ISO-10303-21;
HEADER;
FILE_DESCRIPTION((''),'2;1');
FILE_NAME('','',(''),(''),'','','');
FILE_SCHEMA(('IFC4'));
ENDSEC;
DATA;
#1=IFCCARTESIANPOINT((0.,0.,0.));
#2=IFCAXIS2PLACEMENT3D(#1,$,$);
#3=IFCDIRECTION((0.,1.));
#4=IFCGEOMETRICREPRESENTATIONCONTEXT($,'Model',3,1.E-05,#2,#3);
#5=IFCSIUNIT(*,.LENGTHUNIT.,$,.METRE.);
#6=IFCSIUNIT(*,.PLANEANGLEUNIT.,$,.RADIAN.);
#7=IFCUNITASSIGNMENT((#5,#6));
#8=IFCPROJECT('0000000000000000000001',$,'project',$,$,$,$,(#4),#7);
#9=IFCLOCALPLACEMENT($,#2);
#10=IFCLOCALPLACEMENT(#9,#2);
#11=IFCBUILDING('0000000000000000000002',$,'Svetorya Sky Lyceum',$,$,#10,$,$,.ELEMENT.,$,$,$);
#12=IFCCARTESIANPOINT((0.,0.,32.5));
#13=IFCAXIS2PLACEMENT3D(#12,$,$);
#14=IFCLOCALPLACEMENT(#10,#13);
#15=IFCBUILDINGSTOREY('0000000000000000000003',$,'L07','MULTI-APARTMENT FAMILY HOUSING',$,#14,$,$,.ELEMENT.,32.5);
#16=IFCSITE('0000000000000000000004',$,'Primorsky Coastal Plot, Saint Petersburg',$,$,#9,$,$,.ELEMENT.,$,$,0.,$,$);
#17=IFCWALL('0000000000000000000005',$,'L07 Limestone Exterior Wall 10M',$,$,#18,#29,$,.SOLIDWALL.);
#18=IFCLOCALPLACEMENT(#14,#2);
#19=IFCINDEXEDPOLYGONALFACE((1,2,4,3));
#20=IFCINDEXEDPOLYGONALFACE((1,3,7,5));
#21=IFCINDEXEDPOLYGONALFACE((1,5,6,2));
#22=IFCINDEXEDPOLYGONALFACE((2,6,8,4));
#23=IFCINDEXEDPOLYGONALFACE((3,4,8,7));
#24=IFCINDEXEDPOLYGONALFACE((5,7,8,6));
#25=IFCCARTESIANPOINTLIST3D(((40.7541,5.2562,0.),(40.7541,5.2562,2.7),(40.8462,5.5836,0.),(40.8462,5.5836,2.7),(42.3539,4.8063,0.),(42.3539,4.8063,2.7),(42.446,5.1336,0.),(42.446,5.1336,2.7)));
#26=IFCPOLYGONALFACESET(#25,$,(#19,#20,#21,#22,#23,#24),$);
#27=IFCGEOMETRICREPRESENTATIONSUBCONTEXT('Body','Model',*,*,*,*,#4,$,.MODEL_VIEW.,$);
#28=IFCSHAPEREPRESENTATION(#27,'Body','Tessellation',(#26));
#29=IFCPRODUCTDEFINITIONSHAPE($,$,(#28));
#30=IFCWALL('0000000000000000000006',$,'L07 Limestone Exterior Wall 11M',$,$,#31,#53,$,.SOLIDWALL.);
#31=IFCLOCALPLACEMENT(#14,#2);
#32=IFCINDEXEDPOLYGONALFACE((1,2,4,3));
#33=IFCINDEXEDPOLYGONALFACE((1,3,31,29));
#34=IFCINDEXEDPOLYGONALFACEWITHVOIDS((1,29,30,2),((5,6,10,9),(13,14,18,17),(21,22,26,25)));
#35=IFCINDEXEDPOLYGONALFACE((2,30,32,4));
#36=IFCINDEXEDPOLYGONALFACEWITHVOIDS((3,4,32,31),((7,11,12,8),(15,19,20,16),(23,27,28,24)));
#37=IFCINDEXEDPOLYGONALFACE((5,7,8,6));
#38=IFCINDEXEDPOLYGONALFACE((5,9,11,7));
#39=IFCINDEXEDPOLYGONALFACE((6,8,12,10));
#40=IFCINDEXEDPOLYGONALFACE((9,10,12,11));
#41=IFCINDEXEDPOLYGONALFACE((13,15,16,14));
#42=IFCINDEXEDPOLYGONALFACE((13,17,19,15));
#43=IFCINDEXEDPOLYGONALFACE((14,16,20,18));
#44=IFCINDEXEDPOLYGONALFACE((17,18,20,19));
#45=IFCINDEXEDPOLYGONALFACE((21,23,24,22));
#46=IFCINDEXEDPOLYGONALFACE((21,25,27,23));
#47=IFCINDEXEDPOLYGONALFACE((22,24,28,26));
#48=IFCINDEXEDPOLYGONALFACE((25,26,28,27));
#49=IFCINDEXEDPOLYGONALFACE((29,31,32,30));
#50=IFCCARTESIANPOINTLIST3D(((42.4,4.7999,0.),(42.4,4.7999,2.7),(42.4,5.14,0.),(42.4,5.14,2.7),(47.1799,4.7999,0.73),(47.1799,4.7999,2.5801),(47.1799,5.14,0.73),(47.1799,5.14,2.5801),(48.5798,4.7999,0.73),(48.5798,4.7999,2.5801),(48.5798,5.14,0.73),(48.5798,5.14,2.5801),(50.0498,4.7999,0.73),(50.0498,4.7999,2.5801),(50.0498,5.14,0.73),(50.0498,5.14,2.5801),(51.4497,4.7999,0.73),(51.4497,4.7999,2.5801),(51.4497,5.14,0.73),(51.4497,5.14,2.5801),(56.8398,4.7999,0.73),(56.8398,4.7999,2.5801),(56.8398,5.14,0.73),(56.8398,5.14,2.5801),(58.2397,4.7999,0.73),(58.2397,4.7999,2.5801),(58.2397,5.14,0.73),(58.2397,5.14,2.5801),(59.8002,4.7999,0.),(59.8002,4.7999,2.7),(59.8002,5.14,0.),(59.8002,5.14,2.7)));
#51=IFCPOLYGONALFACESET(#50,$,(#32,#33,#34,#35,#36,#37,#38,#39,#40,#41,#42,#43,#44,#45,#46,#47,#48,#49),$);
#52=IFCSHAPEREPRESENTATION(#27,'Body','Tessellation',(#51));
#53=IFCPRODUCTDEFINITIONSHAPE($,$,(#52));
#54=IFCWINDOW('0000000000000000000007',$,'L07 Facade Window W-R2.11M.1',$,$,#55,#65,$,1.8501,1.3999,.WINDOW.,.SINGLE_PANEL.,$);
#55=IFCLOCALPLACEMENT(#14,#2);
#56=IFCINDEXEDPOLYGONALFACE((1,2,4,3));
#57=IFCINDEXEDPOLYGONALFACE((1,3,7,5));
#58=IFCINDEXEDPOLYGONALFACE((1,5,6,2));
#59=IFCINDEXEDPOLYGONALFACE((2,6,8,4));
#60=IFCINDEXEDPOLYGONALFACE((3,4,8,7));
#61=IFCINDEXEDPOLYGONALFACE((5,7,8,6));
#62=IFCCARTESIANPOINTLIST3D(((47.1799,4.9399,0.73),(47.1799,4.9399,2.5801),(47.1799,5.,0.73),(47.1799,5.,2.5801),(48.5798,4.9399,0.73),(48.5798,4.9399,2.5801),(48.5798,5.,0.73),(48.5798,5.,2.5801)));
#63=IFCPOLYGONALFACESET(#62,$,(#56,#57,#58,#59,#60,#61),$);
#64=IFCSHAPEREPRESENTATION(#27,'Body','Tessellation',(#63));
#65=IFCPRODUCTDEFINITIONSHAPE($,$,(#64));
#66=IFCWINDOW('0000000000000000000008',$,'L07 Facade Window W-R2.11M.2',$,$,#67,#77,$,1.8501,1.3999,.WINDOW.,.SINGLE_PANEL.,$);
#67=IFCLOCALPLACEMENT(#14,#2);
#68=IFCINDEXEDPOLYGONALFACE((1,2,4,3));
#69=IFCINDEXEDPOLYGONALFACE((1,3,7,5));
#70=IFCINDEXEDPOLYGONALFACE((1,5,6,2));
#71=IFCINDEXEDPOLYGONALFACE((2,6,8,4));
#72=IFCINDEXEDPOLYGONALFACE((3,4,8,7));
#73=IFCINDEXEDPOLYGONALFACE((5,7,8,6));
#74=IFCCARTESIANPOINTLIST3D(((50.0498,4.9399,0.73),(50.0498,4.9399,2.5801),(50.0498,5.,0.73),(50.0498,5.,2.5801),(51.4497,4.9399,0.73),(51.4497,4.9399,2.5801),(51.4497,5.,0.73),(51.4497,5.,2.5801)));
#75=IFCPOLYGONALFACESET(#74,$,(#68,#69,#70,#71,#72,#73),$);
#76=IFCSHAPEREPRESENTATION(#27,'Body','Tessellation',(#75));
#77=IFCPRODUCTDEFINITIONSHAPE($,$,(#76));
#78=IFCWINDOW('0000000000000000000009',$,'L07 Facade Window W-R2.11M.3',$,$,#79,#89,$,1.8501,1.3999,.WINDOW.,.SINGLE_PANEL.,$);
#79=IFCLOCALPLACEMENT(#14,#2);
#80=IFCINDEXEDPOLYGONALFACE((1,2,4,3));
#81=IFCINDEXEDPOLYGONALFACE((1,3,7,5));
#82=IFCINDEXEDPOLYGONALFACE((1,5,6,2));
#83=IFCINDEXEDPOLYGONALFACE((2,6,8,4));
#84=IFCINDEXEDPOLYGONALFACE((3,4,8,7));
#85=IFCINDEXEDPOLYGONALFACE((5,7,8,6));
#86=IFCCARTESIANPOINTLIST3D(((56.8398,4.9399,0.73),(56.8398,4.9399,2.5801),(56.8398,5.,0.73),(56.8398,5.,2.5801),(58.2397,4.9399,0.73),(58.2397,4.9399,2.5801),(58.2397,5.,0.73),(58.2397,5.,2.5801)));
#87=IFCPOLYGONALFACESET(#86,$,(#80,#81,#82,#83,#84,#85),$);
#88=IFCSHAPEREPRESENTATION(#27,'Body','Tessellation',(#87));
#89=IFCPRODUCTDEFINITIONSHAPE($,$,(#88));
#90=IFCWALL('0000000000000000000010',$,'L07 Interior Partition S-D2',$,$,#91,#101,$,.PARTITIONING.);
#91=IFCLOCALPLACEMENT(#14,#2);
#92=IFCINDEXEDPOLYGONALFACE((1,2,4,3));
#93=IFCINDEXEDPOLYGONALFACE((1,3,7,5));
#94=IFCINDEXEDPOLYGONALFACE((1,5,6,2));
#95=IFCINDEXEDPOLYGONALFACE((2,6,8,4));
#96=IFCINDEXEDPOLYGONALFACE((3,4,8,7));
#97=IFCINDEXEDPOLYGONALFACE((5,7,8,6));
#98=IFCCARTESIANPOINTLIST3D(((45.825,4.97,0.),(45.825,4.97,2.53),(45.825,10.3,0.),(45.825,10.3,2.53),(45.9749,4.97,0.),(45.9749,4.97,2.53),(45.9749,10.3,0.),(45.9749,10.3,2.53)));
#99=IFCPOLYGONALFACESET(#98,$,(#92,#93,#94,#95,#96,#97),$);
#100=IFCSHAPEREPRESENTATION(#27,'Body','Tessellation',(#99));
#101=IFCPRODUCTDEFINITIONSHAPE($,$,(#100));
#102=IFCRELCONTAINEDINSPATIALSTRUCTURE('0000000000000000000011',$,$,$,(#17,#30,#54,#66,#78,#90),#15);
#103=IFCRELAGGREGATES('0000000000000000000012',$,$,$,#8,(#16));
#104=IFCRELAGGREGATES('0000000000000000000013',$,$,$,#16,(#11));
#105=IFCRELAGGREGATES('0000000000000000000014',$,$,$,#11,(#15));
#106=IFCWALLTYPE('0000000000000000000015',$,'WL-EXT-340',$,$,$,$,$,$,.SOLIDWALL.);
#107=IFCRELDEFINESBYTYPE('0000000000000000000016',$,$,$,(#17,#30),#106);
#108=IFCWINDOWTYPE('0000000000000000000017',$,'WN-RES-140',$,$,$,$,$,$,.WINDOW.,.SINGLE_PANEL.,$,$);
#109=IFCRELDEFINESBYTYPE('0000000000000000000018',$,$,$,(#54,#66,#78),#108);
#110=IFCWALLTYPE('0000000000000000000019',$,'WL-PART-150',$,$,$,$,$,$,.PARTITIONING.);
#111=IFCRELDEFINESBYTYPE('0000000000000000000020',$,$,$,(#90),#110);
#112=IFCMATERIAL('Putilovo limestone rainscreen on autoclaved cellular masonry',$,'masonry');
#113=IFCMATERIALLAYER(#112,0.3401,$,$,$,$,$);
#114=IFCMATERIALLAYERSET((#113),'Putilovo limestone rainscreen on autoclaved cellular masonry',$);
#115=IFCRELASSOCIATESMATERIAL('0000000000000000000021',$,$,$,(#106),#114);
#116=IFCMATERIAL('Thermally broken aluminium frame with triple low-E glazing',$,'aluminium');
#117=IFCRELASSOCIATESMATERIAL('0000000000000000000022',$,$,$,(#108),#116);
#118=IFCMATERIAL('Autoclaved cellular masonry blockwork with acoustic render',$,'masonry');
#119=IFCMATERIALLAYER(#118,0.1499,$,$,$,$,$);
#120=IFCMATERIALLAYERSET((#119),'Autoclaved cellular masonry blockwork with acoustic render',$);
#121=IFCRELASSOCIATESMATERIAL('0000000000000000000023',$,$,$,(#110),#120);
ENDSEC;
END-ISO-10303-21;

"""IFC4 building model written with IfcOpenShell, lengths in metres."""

from ifc_helpers import new_model, si_unit, direction, frame, frame_2d, origin, place, context, subcontext, project, spatial, rectangle, extrude, material, layer, layer_set, type_object, element, fill, save


model = new_model("IFC4")

# Units and contexts
model_context = context("Model", 3, precision=1e-05, world=origin(), true_north=direction((0.0, 1.0)))
body_context = subcontext(model_context, "Body", "Model", "MODEL_VIEW")
ifc_project = project(units=[si_unit("LENGTHUNIT", "METRE"), si_unit("PLANEANGLEUNIT", "RADIAN")], contexts=[model_context])

# Site, building, storey
site_placement = place(None, origin())
site = spatial("IfcSite", under=ifc_project, at=site_placement, Name="Primorsky Coastal Plot, Saint Petersburg", CompositionType="ELEMENT", RefElevation=0.0)
building_placement = place(site_placement, origin())
building = spatial("IfcBuilding", under=site, at=building_placement, Name="Svetorya Sky Lyceum", CompositionType="ELEMENT")
storey_placement = place(building_placement, frame((0.0, 0.0, 32.5)))
storey = spatial("IfcBuildingStorey", under=building, at=storey_placement, Name="L07", Description="MULTI-APARTMENT FAMILY HOUSING", CompositionType="ELEMENT", Elevation=32.5)

# Wall
ifc_material_1 = material(Name="Putilovo limestone rainscreen on autoclaved cellular masonry", Category="masonry")
ifc_layer_1 = layer(ifc_material_1, 0.3401)
ifc_layer_set_1 = layer_set([ifc_layer_1], Name="Putilovo limestone rainscreen on autoclaved cellular masonry")
wall_type_1 = type_object("IfcWallType", Name="WL-EXT-340", PredefinedType="SOLIDWALL", material=ifc_layer_set_1)
wall_1_placement = place(storey_placement, frame((40.8, 5.4199, 0.0), z_axis=(0.0, 0.0, 1.0), x_axis=(0.962652, -0.270741, 0.0)))
element("IfcWall", 1, at=wall_1_placement, inside=storey, type_object=wall_type_1, Name="L07 Limestone Exterior Wall 10M", PredefinedType="SOLIDWALL", context=body_context, shape_type="SweptSolid", body=[
    extrude(rectangle(XDim=1.6619, YDim=0.3401, at=frame_2d((0.8311, 0.0))), origin(), (0.0, 0.0, 1.0), 2.7),
])

# Wall, openings, windows
wall_2_placement = place(storey_placement, frame((42.3999, 4.97, 0.0), z_axis=(0.0, 0.0, 1.0), x_axis=(1.0, 0.0, 0.0)))
wall_2 = element("IfcWall", 2, at=wall_2_placement, inside=storey, type_object=wall_type_1, Name="L07 Limestone Exterior Wall 11M", PredefinedType="SOLIDWALL", context=body_context, shape_type="SweptSolid", body=[
    extrude(rectangle(XDim=17.4001, YDim=0.3401, at=frame_2d((8.7002, 0.0))), origin(), (0.0, 0.0, 1.0), 2.7),
])
opening_1_placement = place(wall_2_placement, frame((4.78, 0.0, 0.73)))
opening_1 = element("IfcOpeningElement", 3, at=opening_1_placement, cuts=wall_2, PredefinedType="OPENING", context=body_context, shape_type="SweptSolid", body=[
    extrude(rectangle(XDim=1.3999, YDim=1.8501, at=frame_2d((0.7, 0.925))), frame((0.0, 0.1799, 0.0), z_axis=(0.0, -1.0, 0.0), x_axis=(1.0, 0.0, 0.0)), (0.0, 0.0, 1.0), 0.3601),
])
opening_2_placement = place(wall_2_placement, frame((7.6499, 0.0, 0.73)))
opening_2 = element("IfcOpeningElement", 4, at=opening_2_placement, cuts=wall_2, PredefinedType="OPENING", context=body_context, shape_type="SweptSolid", body=[
    extrude(rectangle(XDim=1.3999, YDim=1.8501, at=frame_2d((0.7, 0.925))), frame((0.0, 0.1799, 0.0), z_axis=(0.0, -1.0, 0.0), x_axis=(1.0, 0.0, 0.0)), (0.0, 0.0, 1.0), 0.3601),
])
opening_3_placement = place(wall_2_placement, frame((14.4399, 0.0, 0.73)))
opening_3 = element("IfcOpeningElement", 5, at=opening_3_placement, cuts=wall_2, PredefinedType="OPENING", context=body_context, shape_type="SweptSolid", body=[
    extrude(rectangle(XDim=1.3999, YDim=1.8501, at=frame_2d((0.7, 0.925))), frame((0.0, 0.1799, 0.0), z_axis=(0.0, -1.0, 0.0), x_axis=(1.0, 0.0, 0.0)), (0.0, 0.0, 1.0), 0.3601),
])
ifc_material_2 = material(Name="Thermally broken aluminium frame with triple low-E glazing", Category="aluminium")
window_type = type_object("IfcWindowType", Name="WN-RES-140", PartitioningType="SINGLE_PANEL", PredefinedType="WINDOW", material=ifc_material_2)
window_1_placement = place(opening_1_placement, origin())
window_1 = element("IfcWindow", 6, at=window_1_placement, inside=storey, type_object=window_type, Name="L07 Facade Window W-R2.11M.1", OverallHeight=1.8501, OverallWidth=1.3999, PartitioningType="SINGLE_PANEL", PredefinedType="WINDOW", context=body_context, shape_type="SweptSolid", body=[
    extrude(rectangle(XDim=1.3999, YDim=1.8501, at=frame_2d((0.7, 0.925))), frame((0.0, 0.03, 0.0), z_axis=(0.0, -1.0, 0.0), x_axis=(1.0, 0.0, 0.0)), (0.0, 0.0, 1.0), 0.0601),
])
fill(opening_1, window_1)
window_2_placement = place(opening_2_placement, origin())
window_2 = element("IfcWindow", 7, at=window_2_placement, inside=storey, type_object=window_type, Name="L07 Facade Window W-R2.11M.2", OverallHeight=1.8501, OverallWidth=1.3999, PartitioningType="SINGLE_PANEL", PredefinedType="WINDOW", context=body_context, shape_type="SweptSolid", body=[
    extrude(rectangle(XDim=1.3999, YDim=1.8501, at=frame_2d((0.7, 0.925))), frame((0.0, 0.03, 0.0), z_axis=(0.0, -1.0, 0.0), x_axis=(1.0, 0.0, 0.0)), (0.0, 0.0, 1.0), 0.0601),
])
fill(opening_2, window_2)
window_3_placement = place(opening_3_placement, origin())
window_3 = element("IfcWindow", 8, at=window_3_placement, inside=storey, type_object=window_type, Name="L07 Facade Window W-R2.11M.3", OverallHeight=1.8501, OverallWidth=1.3999, PartitioningType="SINGLE_PANEL", PredefinedType="WINDOW", context=body_context, shape_type="SweptSolid", body=[
    extrude(rectangle(XDim=1.3999, YDim=1.8501, at=frame_2d((0.7, 0.925))), frame((0.0, 0.03, 0.0), z_axis=(0.0, -1.0, 0.0), x_axis=(1.0, 0.0, 0.0)), (0.0, 0.0, 1.0), 0.0601),
])
fill(opening_3, window_3)

# Wall
ifc_material_3 = material(Name="Autoclaved cellular masonry blockwork with acoustic render", Category="masonry")
ifc_layer_2 = layer(ifc_material_3, 0.1499)
ifc_layer_set_2 = layer_set([ifc_layer_2], Name="Autoclaved cellular masonry blockwork with acoustic render")
wall_type_2 = type_object("IfcWallType", Name="WL-PART-150", PredefinedType="PARTITIONING", material=ifc_layer_set_2)
wall_3_placement = place(storey_placement, frame((45.8999, 4.97, 0.0), z_axis=(0.0, 0.0, 1.0), x_axis=(0.0, 1.0, 0.0)))
element("IfcWall", 9, at=wall_3_placement, inside=storey, type_object=wall_type_2, Name="L07 Interior Partition S-D2", PredefinedType="PARTITIONING", context=body_context, shape_type="SweptSolid", body=[
    extrude(rectangle(XDim=5.3301, YDim=0.1499, at=frame_2d((2.665, 0.0))), origin(), (0.0, 0.0, 1.0), 2.53),
])

save(model, "model.ifc")
